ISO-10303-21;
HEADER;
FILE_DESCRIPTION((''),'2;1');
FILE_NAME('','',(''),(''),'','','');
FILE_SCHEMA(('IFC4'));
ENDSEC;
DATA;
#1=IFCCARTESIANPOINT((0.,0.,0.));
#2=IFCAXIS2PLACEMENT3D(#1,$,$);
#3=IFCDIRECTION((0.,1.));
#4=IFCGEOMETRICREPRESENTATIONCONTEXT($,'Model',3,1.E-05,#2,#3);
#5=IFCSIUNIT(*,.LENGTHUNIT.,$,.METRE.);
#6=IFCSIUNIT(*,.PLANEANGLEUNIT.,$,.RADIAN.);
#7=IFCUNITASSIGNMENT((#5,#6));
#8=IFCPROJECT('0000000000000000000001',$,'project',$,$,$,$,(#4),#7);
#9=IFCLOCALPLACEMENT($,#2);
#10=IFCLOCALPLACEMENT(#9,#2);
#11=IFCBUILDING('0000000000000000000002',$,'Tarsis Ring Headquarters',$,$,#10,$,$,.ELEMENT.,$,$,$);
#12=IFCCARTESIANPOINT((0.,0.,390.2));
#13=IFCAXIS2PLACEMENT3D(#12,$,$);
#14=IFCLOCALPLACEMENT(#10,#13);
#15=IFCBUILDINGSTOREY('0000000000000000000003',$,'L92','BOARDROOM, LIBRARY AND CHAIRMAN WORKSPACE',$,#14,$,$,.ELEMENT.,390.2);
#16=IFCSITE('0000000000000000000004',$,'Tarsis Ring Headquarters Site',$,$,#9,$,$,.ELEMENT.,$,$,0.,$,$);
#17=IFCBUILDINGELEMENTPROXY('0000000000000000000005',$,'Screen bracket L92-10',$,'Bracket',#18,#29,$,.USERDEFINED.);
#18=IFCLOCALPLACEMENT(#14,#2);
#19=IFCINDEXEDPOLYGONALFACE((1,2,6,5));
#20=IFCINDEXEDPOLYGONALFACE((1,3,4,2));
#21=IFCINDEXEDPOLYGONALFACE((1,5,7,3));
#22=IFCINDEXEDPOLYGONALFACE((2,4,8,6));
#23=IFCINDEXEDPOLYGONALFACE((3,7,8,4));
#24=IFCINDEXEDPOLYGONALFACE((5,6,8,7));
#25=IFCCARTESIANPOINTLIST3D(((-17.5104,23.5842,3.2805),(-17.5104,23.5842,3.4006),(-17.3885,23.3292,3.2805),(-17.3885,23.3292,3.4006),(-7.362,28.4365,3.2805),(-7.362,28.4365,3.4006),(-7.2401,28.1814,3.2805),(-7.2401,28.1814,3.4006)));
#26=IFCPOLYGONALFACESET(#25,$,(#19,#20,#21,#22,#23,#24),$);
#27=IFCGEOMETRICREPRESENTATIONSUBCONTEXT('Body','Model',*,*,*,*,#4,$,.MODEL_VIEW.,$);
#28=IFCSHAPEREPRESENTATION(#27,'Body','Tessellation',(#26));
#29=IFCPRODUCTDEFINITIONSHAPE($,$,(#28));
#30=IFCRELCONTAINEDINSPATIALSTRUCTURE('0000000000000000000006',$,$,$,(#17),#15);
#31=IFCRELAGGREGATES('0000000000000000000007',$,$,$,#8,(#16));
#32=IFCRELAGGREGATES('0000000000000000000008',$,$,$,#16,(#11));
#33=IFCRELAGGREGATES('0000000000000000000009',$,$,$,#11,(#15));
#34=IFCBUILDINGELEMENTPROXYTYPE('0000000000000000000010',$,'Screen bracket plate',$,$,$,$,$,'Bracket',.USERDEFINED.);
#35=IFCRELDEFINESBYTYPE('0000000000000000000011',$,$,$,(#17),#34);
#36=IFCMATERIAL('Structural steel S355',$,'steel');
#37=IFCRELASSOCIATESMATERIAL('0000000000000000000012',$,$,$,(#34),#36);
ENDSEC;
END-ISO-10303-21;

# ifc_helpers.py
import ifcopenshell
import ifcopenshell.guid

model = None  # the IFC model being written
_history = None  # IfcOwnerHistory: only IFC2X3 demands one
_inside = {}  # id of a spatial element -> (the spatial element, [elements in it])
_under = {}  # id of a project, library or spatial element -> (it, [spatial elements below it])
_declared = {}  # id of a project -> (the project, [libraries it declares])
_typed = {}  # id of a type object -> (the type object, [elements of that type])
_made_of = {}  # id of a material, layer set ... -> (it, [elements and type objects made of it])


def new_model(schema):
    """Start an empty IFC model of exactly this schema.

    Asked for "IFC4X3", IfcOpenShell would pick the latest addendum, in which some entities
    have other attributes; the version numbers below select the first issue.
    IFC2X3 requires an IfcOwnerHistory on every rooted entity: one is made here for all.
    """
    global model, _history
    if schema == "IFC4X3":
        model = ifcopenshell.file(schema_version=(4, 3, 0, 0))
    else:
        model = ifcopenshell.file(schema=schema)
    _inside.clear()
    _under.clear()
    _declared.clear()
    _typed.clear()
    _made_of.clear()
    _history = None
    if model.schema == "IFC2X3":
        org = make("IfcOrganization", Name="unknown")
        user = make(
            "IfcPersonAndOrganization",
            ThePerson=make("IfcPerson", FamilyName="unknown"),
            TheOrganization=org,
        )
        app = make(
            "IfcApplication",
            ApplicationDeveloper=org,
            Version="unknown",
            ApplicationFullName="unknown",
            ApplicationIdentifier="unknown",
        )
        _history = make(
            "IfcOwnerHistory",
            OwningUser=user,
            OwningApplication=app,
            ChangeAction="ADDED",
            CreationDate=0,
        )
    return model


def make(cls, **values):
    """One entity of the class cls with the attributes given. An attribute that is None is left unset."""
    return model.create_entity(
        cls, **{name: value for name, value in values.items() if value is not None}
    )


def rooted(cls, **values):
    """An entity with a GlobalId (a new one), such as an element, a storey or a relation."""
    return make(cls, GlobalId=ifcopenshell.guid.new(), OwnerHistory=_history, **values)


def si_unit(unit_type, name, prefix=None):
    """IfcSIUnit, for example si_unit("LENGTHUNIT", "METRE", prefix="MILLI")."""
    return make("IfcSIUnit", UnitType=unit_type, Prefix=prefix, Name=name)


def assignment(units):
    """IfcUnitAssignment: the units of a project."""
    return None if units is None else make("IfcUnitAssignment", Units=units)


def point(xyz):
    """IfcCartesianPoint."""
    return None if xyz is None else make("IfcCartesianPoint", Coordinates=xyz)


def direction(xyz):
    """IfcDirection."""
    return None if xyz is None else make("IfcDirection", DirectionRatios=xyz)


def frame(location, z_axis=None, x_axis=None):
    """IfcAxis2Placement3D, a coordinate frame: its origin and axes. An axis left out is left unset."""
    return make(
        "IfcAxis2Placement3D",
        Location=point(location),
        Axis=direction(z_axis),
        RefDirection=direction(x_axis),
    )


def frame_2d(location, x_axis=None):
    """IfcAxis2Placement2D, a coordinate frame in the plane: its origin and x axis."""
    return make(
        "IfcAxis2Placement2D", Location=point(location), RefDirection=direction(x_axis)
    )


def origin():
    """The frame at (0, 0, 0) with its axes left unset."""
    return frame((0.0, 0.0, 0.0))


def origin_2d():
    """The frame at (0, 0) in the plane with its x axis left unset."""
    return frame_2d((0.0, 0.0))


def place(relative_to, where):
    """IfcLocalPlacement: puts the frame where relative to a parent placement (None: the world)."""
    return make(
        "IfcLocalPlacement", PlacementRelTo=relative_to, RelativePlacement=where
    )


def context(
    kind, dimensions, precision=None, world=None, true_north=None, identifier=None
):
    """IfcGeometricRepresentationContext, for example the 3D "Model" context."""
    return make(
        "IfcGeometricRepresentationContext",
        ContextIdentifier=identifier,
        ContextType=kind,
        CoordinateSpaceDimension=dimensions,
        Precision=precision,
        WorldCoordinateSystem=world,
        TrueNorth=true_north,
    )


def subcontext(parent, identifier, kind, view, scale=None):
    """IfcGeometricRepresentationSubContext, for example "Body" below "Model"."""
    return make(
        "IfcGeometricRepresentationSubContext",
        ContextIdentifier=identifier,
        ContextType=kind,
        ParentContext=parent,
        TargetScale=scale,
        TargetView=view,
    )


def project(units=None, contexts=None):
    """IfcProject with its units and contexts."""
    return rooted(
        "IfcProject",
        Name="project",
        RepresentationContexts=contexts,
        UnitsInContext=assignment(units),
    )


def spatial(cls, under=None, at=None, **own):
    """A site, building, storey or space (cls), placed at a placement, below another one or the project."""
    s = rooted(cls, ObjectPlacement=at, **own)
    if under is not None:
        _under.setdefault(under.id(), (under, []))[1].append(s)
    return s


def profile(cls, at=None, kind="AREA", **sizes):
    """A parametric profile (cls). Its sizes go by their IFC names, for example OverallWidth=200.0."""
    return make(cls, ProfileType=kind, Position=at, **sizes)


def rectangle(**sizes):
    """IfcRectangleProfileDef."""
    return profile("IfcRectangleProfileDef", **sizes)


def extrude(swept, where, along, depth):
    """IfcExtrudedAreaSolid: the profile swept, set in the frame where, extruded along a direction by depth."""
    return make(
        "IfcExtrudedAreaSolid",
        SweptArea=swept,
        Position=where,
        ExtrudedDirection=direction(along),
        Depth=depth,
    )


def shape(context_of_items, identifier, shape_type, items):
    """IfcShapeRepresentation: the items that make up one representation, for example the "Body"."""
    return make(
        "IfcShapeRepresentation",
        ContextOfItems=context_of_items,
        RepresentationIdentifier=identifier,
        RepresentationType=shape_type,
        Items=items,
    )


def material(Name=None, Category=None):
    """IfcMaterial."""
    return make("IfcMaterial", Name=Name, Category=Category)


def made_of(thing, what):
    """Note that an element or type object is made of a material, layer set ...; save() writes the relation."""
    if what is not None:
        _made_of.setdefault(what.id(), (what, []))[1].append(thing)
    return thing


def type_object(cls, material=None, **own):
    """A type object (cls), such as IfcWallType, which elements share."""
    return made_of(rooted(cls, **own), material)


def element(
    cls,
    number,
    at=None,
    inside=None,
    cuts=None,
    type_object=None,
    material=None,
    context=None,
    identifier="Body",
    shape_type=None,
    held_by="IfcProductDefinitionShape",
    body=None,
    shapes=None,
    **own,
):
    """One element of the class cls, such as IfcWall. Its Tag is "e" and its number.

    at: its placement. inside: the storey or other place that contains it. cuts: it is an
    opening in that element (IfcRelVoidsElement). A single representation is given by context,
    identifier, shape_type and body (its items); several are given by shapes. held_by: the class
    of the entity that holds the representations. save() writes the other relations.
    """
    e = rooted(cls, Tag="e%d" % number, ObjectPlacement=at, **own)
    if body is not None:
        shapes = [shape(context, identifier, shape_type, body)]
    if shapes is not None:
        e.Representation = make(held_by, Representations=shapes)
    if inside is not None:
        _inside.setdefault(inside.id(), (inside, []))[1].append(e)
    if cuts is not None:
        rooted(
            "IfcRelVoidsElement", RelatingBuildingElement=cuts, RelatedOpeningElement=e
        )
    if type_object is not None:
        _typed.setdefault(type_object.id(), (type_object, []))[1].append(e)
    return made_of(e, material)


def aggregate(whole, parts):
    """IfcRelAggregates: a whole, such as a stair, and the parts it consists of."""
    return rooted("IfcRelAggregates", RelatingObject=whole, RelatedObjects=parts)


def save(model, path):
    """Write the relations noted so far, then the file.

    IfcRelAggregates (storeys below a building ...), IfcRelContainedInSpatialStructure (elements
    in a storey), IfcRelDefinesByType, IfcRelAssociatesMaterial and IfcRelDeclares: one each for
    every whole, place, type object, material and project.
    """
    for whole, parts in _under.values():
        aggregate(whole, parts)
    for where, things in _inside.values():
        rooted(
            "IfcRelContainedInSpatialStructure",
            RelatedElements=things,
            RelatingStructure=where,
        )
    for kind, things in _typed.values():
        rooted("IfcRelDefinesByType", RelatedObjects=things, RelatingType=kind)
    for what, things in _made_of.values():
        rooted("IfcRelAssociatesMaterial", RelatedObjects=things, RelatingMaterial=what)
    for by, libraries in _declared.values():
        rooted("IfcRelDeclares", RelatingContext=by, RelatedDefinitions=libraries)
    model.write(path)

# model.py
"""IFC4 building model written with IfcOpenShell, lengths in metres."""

from ifc_helpers import new_model, si_unit, direction, frame, origin, origin_2d, place, context, subcontext, project, spatial, rectangle, extrude, material, type_object, element, save


model = new_model("IFC4")

# Units and contexts
model_context = context("Model", 3, precision=1e-05, world=origin(), true_north=direction((0.0, 1.0)))
body_context = subcontext(model_context, "Body", "Model", "MODEL_VIEW")
ifc_project = project(units=[si_unit("LENGTHUNIT", "METRE"), si_unit("PLANEANGLEUNIT", "RADIAN")], contexts=[model_context])

# Site, building, storey
site_placement = place(None, origin())
site = spatial("IfcSite", under=ifc_project, at=site_placement, Name="Tarsis Ring Headquarters Site", CompositionType="ELEMENT", RefElevation=0.0)
building_placement = place(site_placement, origin())
building = spatial("IfcBuilding", under=site, at=building_placement, Name="Tarsis Ring Headquarters", CompositionType="ELEMENT")
storey_placement = place(building_placement, frame((0.0, 0.0, 390.2)))
storey = spatial("IfcBuildingStorey", under=building, at=storey_placement, Name="L92", Description="BOARDROOM, LIBRARY AND CHAIRMAN WORKSPACE", CompositionType="ELEMENT", Elevation=390.2)

# Shared definitions
ifc_material_1 = material(Name="Structural steel S355", Category="steel")

# Building element proxy
building_element_proxy_type = type_object("IfcBuildingElementProxyType", Name="Screen bracket plate", ElementType="Bracket", PredefinedType="USERDEFINED", material=ifc_material_1)
proxy_placement = place(storey_placement, frame((-12.3752, 25.8828, 3.2805), z_axis=(0.0, 0.0, 1.0), x_axis=(-0.902181, -0.431357, 0.0)))
element("IfcBuildingElementProxy", 1, at=proxy_placement, inside=storey, type_object=building_element_proxy_type, Name="Screen bracket L92-10", ObjectType="Bracket", PredefinedType="USERDEFINED", context=body_context, shape_type="SweptSolid", body=[
    extrude(rectangle(XDim=11.2488, YDim=0.2827, at=origin_2d()), origin(), (0.0, 0.0, 1.0), 0.1201),
])

save(model, "model.ifc")
